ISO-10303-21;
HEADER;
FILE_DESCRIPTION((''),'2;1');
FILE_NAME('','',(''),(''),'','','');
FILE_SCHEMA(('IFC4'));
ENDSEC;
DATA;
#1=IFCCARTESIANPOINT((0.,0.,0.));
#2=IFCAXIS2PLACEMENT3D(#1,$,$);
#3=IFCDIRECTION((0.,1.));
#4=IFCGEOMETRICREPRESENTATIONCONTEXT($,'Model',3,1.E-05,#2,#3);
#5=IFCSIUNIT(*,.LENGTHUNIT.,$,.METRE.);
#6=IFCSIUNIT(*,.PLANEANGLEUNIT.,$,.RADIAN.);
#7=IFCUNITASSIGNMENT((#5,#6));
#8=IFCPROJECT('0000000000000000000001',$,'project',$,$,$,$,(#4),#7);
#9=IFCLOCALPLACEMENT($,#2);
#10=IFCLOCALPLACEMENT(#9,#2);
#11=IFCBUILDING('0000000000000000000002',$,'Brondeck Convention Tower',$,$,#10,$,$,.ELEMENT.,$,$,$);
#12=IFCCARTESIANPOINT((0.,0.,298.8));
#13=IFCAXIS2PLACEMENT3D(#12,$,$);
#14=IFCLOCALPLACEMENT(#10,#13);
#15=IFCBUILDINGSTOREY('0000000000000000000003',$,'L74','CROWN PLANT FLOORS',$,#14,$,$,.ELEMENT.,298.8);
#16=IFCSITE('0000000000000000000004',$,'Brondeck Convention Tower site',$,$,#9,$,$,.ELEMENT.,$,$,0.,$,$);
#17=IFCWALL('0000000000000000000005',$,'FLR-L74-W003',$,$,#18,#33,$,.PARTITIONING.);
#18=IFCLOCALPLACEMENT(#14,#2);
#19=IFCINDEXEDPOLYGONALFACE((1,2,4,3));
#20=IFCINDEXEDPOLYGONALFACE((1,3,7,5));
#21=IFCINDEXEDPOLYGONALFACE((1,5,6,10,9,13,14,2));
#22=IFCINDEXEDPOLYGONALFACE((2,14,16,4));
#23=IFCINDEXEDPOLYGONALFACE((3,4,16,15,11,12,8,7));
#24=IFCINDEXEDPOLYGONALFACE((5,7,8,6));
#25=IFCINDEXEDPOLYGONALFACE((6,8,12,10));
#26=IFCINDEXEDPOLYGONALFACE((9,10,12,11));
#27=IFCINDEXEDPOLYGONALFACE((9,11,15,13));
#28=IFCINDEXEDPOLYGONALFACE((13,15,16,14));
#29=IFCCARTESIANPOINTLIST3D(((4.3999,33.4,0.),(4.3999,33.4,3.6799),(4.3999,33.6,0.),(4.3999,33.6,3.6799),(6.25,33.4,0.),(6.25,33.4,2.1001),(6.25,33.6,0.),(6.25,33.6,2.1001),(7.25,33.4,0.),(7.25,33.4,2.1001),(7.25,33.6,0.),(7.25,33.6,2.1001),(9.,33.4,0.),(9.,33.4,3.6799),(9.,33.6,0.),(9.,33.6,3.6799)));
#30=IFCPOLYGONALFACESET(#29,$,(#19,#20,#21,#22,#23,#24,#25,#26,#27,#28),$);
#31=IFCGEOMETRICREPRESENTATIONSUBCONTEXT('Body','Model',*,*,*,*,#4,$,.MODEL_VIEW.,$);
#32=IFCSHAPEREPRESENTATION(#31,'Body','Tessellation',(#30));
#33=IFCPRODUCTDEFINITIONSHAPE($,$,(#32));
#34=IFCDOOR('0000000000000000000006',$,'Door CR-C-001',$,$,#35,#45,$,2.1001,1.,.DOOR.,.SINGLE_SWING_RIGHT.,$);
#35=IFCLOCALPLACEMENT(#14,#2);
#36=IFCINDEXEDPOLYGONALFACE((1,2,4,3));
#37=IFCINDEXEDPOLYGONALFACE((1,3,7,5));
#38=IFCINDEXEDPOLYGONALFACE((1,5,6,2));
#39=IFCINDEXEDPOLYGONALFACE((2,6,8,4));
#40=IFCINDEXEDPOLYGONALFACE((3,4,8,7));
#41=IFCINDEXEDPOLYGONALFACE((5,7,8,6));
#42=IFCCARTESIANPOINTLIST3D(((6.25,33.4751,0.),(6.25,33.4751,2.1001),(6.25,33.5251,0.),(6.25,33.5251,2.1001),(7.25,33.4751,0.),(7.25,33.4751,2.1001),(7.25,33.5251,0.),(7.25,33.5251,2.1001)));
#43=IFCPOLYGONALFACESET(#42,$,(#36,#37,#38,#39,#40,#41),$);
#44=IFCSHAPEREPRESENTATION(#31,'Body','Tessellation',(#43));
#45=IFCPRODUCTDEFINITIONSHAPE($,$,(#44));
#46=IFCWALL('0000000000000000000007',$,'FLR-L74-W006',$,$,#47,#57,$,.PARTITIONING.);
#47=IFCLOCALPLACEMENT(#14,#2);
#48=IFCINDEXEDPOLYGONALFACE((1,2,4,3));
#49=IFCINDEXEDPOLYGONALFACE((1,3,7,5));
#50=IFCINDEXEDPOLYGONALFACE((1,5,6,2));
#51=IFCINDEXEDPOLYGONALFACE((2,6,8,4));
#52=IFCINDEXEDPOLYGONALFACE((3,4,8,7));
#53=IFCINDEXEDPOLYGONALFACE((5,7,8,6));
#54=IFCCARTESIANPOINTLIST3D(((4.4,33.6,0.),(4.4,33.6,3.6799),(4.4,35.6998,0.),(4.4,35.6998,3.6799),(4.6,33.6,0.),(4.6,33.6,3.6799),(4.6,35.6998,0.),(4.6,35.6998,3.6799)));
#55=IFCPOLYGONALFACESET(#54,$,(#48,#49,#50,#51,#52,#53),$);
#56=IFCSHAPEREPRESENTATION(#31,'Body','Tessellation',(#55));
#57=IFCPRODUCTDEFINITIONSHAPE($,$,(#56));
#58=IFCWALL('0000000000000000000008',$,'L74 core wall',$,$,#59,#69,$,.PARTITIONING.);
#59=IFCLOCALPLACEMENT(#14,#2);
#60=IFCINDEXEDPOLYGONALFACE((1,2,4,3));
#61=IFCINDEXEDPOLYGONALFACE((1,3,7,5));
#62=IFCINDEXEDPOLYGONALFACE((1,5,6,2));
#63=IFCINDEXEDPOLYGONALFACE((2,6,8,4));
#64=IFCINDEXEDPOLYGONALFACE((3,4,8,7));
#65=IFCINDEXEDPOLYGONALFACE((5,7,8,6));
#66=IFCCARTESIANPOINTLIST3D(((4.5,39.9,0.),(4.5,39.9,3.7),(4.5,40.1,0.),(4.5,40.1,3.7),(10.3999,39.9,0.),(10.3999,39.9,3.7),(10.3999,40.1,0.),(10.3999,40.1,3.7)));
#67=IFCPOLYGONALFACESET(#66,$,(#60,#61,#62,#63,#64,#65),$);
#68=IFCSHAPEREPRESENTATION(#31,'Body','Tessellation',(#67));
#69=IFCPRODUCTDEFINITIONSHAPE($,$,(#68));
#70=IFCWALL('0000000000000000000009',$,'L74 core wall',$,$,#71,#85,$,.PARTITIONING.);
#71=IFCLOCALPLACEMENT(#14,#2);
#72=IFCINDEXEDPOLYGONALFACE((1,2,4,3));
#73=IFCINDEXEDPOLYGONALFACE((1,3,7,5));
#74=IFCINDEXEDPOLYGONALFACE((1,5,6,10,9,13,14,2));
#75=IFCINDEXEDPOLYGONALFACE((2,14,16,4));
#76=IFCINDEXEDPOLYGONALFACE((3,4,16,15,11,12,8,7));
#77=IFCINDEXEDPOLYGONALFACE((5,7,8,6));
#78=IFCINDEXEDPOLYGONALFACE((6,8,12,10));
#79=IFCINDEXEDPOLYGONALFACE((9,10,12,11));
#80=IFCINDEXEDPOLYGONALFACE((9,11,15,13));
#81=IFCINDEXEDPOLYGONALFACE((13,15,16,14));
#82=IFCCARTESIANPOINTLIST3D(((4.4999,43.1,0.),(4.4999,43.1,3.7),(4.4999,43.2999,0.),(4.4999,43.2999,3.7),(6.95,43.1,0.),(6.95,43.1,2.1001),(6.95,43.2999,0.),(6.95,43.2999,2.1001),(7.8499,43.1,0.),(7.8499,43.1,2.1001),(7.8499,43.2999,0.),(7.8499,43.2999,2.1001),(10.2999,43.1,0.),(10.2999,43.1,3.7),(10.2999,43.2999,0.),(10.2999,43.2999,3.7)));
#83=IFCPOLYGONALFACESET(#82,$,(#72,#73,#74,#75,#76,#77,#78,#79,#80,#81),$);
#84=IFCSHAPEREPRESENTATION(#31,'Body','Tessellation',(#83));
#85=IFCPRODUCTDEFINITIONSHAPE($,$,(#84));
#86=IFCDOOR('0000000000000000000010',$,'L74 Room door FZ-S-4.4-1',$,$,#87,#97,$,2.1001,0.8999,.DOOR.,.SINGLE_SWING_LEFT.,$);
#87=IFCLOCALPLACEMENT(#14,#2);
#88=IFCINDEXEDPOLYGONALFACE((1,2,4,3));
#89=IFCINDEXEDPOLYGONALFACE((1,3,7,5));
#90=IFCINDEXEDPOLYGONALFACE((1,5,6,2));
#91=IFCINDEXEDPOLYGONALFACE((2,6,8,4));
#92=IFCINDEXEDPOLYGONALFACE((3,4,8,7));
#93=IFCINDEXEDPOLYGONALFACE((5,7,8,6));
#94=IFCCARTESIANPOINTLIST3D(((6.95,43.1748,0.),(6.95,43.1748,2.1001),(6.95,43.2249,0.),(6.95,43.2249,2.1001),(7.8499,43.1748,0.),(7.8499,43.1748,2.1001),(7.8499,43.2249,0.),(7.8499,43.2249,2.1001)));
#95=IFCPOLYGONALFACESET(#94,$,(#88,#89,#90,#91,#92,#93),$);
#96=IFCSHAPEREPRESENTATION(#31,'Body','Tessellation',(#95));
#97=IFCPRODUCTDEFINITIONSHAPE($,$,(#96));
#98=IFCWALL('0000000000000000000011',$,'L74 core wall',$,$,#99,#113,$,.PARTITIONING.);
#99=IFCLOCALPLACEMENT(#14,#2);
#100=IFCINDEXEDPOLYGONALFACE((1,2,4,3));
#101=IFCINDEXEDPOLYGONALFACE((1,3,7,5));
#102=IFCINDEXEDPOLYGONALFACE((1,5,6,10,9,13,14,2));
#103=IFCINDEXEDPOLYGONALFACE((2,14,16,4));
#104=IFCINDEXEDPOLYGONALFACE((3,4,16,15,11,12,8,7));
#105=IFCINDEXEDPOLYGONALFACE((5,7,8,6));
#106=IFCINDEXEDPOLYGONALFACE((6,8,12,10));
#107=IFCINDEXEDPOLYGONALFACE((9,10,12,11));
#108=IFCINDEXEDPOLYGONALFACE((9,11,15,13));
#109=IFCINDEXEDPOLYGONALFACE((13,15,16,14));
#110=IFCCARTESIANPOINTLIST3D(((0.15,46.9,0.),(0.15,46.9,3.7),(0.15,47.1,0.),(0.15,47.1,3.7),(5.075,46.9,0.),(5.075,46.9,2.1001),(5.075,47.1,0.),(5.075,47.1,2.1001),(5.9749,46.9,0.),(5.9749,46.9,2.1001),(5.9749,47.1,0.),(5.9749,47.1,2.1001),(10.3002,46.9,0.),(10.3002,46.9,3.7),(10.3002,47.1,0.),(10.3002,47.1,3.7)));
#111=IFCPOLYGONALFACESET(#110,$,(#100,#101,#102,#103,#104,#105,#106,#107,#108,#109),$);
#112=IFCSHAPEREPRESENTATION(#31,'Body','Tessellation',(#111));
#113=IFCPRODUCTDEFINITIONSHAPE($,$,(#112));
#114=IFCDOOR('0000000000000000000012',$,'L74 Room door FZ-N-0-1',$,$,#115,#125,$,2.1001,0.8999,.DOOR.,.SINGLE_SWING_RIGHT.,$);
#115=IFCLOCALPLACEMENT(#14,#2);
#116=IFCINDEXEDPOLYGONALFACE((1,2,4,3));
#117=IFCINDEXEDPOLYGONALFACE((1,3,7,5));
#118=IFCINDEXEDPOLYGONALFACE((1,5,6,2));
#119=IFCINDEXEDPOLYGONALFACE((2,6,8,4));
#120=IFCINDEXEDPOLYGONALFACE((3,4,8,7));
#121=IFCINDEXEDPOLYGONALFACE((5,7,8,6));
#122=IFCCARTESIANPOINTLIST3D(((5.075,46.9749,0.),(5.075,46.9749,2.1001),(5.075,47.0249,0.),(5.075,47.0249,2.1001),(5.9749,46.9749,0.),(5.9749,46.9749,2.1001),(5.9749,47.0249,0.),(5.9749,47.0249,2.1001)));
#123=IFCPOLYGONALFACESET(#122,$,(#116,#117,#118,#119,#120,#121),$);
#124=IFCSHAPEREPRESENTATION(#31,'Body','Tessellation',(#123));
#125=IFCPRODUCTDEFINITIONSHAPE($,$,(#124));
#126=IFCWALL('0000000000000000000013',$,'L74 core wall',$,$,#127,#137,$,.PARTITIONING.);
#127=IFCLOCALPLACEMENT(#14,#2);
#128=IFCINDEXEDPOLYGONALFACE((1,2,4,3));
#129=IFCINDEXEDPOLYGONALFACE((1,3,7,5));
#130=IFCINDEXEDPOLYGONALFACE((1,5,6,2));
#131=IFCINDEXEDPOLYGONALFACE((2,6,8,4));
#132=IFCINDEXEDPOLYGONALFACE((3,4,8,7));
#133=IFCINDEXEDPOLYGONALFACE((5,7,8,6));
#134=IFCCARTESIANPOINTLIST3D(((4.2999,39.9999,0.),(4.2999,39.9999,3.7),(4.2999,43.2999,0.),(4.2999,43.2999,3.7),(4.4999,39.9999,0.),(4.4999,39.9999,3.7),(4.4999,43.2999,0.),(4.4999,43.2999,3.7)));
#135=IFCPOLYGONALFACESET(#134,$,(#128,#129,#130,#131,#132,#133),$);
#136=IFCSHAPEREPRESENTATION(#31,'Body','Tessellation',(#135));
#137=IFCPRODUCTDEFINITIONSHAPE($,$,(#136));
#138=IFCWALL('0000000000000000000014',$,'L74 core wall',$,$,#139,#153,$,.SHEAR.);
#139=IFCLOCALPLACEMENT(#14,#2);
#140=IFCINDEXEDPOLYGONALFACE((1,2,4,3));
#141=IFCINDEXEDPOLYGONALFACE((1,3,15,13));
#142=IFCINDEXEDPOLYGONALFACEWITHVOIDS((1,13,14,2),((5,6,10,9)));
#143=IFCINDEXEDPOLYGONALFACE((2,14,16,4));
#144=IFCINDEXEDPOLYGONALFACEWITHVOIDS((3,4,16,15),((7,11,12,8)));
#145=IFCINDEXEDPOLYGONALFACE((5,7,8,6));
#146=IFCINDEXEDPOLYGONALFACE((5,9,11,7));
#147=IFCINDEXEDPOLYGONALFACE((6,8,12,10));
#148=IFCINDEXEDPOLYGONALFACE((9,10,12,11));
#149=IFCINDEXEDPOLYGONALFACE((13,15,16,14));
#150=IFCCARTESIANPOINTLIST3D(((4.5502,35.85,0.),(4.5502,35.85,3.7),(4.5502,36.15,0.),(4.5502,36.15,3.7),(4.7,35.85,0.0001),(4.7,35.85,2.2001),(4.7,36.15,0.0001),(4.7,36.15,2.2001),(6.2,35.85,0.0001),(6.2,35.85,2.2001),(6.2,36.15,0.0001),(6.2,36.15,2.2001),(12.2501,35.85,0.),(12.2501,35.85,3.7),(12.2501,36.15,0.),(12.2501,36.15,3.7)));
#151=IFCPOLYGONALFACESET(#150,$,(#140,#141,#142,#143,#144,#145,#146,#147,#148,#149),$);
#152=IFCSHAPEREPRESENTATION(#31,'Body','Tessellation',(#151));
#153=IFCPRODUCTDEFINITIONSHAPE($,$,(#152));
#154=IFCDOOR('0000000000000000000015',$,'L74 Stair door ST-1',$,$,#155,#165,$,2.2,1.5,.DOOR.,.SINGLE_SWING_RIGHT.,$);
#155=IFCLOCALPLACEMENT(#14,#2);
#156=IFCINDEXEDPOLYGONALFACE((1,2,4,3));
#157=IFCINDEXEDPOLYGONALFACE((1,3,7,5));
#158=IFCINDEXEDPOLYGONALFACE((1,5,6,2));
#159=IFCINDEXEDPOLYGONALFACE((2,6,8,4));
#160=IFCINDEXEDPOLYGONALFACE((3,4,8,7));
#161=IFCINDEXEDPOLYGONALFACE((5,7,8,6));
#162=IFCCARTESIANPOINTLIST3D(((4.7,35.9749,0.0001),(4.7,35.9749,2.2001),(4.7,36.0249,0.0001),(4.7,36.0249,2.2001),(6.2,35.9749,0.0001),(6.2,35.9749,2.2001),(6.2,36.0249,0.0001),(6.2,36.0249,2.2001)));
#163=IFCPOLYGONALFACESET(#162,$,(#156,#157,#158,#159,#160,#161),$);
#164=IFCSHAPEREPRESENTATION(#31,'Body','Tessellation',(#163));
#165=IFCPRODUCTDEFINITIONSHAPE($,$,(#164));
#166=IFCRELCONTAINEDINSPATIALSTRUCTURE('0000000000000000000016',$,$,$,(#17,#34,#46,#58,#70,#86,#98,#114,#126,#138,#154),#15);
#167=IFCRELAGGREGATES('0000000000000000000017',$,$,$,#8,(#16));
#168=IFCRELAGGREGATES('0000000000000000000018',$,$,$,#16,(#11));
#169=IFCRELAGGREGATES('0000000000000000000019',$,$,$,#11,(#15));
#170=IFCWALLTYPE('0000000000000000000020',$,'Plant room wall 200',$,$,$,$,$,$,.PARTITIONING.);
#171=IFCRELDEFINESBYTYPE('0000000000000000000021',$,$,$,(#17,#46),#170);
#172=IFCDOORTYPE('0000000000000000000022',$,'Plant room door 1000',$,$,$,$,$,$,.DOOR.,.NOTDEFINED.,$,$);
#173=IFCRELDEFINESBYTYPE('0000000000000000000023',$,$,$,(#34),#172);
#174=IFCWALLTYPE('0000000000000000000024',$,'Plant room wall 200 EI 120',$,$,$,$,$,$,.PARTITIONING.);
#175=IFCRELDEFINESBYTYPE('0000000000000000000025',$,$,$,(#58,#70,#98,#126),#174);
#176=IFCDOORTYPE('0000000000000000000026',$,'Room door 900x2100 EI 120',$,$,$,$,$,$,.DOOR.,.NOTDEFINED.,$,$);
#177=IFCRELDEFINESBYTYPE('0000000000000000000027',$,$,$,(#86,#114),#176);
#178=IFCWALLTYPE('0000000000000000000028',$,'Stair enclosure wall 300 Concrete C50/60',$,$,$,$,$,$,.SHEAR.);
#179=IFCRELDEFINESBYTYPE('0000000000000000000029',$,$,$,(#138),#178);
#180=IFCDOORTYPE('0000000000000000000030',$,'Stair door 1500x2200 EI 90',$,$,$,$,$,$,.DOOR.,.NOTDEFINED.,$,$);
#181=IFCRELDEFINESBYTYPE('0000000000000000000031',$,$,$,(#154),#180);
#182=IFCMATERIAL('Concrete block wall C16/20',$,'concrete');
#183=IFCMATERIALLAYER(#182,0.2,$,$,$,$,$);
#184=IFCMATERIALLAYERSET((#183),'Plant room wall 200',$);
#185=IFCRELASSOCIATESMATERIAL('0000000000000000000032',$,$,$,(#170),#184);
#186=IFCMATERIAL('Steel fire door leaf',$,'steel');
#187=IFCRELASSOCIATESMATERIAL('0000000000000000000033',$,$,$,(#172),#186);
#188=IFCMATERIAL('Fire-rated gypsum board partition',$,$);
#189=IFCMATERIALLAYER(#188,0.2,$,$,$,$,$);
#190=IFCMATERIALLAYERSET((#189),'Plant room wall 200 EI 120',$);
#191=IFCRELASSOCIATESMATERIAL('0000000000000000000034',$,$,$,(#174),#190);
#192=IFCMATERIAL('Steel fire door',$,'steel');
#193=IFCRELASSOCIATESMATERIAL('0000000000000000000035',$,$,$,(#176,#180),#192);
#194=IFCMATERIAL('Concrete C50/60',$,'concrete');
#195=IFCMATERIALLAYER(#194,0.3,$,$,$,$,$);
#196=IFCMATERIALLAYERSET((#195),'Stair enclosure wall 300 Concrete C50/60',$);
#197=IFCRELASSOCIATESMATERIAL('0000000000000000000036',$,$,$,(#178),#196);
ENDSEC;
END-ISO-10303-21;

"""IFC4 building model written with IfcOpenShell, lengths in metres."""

from ifc_helpers import new_model, si_unit, direction, frame, frame_2d, origin, place, context, subcontext, project, spatial, rectangle, extrude, material, layer, layer_set, type_object, element, fill, save


model = new_model("IFC4")

# Units and contexts
model_context = context("Model", 3, precision=1e-05, world=origin(), true_north=direction((0.0, 1.0)))
body_context = subcontext(model_context, "Body", "Model", "MODEL_VIEW")
ifc_project = project(units=[si_unit("LENGTHUNIT", "METRE"), si_unit("PLANEANGLEUNIT", "RADIAN")], contexts=[model_context])

# Site, building, storey
site_placement = place(None, origin())
site = spatial("IfcSite", under=ifc_project, at=site_placement, Name="Brondeck Convention Tower site", CompositionType="ELEMENT", RefElevation=0.0)
building_placement = place(site_placement, origin())
building = spatial("IfcBuilding", under=site, at=building_placement, Name="Brondeck Convention Tower", CompositionType="ELEMENT")
storey_placement = place(building_placement, frame((0.0, 0.0, 298.8)))
storey = spatial("IfcBuildingStorey", under=building, at=storey_placement, Name="L74", Description="CROWN PLANT FLOORS", CompositionType="ELEMENT", Elevation=298.8)

# Shared definitions
ifc_material_1 = material(Name="Concrete C50/60", Category="concrete")

# Shared definitions
ifc_material_2 = material(Name="Fire-rated gypsum board partition")
ifc_material_3 = material(Name="Concrete block wall C16/20", Category="concrete")
ifc_layer_1 = layer(ifc_material_3, 0.2)
ifc_layer_set_1 = layer_set([ifc_layer_1], Name="Plant room wall 200")
wall_type_1 = type_object("IfcWallType", Name="Plant room wall 200", PredefinedType="PARTITIONING", material=ifc_layer_set_1)

# Wall, opening, door
wall_1_placement = place(storey_placement, frame((9.0, 33.5, 0.0), z_axis=(0.0, 0.0, 1.0), x_axis=(-1.0, 0.0, 0.0)))
wall_1 = element("IfcWall", 1, at=wall_1_placement, inside=storey, type_object=wall_type_1, Name="FLR-L74-W003", PredefinedType="PARTITIONING", context=body_context, shape_type="SweptSolid", body=[
    extrude(rectangle(XDim=4.6001, YDim=0.2, at=frame_2d((2.3, 0.0))), origin(), (0.0, 0.0, 1.0), 3.6799),
])
opening_1_placement = place(wall_1_placement, frame((1.75, 0.0, 0.0)))
opening_1 = element("IfcOpeningElement", 2, at=opening_1_placement, cuts=wall_1, PredefinedType="OPENING", context=body_context, shape_type="SweptSolid", body=[
    extrude(rectangle(XDim=1.0, YDim=2.1001, at=frame_2d((0.5, 1.05))), frame((0.0, 0.1099, 0.0), z_axis=(0.0, -1.0, 0.0), x_axis=(1.0, 0.0, 0.0)), (0.0, 0.0, 1.0), 0.22),
])
ifc_material_4 = material(Name="Steel fire door leaf", Category="steel")
door_type_1 = type_object("IfcDoorType", Name="Plant room door 1000", OperationType="NOTDEFINED", PredefinedType="DOOR", material=ifc_material_4)
door_1_placement = place(opening_1_placement, origin())
door_1 = element("IfcDoor", 3, at=door_1_placement, inside=storey, type_object=door_type_1, Name="Door CR-C-001", OperationType="SINGLE_SWING_RIGHT", OverallHeight=2.1001, OverallWidth=1.0, PredefinedType="DOOR", context=body_context, shape_type="SweptSolid", body=[
    extrude(rectangle(XDim=1.0, YDim=2.1001, at=frame_2d((0.5, 1.05))), frame((0.0, 0.0249, 0.0), z_axis=(0.0, -1.0, 0.0), x_axis=(1.0, 0.0, 0.0)), (0.0, 0.0, 1.0), 0.05),
])
fill(opening_1, door_1)

# Walls
wall_2_placement = place(storey_placement, frame((4.5, 33.6001, 0.0), z_axis=(0.0, 0.0, 1.0), x_axis=(0.0, 1.0, 0.0)))
element("IfcWall", 4, at=wall_2_placement, inside=storey, type_object=wall_type_1, Name="FLR-L74-W006", PredefinedType="PARTITIONING", context=body_context, shape_type="SweptSolid", body=[
    extrude(rectangle(XDim=2.0999, YDim=0.2, at=frame_2d((1.0498, 0.0))), origin(), (0.0, 0.0, 1.0), 3.6799),
])
ifc_layer_2 = layer(ifc_material_2, 0.2)
ifc_layer_set_2 = layer_set([ifc_layer_2], Name="Plant room wall 200 EI 120")
wall_type_2 = type_object("IfcWallType", Name="Plant room wall 200 EI 120", PredefinedType="PARTITIONING", material=ifc_layer_set_2)
wall_3_placement = place(storey_placement, frame((4.5, 40.0, 0.0), z_axis=(0.0, 0.0, 1.0), x_axis=(1.0, 0.0, 0.0)))
element("IfcWall", 5, at=wall_3_placement, inside=storey, type_object=wall_type_2, Name="L74 core wall", PredefinedType="PARTITIONING", context=body_context, shape_type="SweptSolid", body=[
    extrude(rectangle(XDim=5.8999, YDim=0.2, at=frame_2d((2.95, 0.0))), origin(), (0.0, 0.0, 1.0), 3.7),
])

# Walls, openings, doors
wall_4_placement = place(storey_placement, frame((4.5, 43.2, 0.0), z_axis=(0.0, 0.0, 1.0), x_axis=(1.0, 0.0, 0.0)))
wall_4 = element("IfcWall", 6, at=wall_4_placement, inside=storey, type_object=wall_type_2, Name="L74 core wall", PredefinedType="PARTITIONING", context=body_context, shape_type="SweptSolid", body=[
    extrude(rectangle(XDim=5.8, YDim=0.2, at=frame_2d((2.8999, 0.0))), origin(), (0.0, 0.0, 1.0), 3.7),
])
opening_2_placement = place(wall_4_placement, frame((2.45, 0.0, 0.0)))
opening_2 = element("IfcOpeningElement", 7, at=opening_2_placement, cuts=wall_4, PredefinedType="OPENING", context=body_context, shape_type="SweptSolid", body=[
    extrude(rectangle(XDim=0.8999, YDim=2.1001, at=frame_2d((0.45, 1.05))), frame((0.0, 0.1099, 0.0), z_axis=(0.0, -1.0, 0.0), x_axis=(1.0, 0.0, 0.0)), (0.0, 0.0, 1.0), 0.22),
])
ifc_material_5 = material(Name="Steel fire door", Category="steel")
door_type_2 = type_object("IfcDoorType", Name="Room door 900x2100 EI 120", OperationType="NOTDEFINED", PredefinedType="DOOR", material=ifc_material_5)
door_2_placement = place(opening_2_placement, origin())
door_2 = element("IfcDoor", 8, at=door_2_placement, inside=storey, type_object=door_type_2, Name="L74 Room door FZ-S-4.4-1", OperationType="SINGLE_SWING_LEFT", OverallHeight=2.1001, OverallWidth=0.8999, PredefinedType="DOOR", context=body_context, shape_type="SweptSolid", body=[
    extrude(rectangle(XDim=0.8999, YDim=2.1001, at=frame_2d((0.45, 1.05))), frame((0.0, 0.0249, 0.0), z_axis=(0.0, -1.0, 0.0), x_axis=(1.0, 0.0, 0.0)), (0.0, 0.0, 1.0), 0.05),
])
fill(opening_2, door_2)
wall_5_placement = place(storey_placement, frame((0.1499, 47.0, 0.0), z_axis=(0.0, 0.0, 1.0), x_axis=(1.0, 0.0, 0.0)))
wall_5 = element("IfcWall", 9, at=wall_5_placement, inside=storey, type_object=wall_type_2, Name="L74 core wall", PredefinedType="PARTITIONING", context=body_context, shape_type="SweptSolid", body=[
    extrude(rectangle(XDim=10.1501, YDim=0.2, at=frame_2d((5.0752, 0.0))), origin(), (0.0, 0.0, 1.0), 3.7),
])
opening_3_placement = place(wall_5_placement, frame((4.925, 0.0, 0.0)))
opening_3 = element("IfcOpeningElement", 10, at=opening_3_placement, cuts=wall_5, PredefinedType="OPENING", context=body_context, shape_type="SweptSolid", body=[
    extrude(rectangle(XDim=0.8999, YDim=2.1001, at=frame_2d((0.45, 1.05))), frame((0.0, 0.1099, 0.0), z_axis=(0.0, -1.0, 0.0), x_axis=(1.0, 0.0, 0.0)), (0.0, 0.0, 1.0), 0.22),
])
door_3_placement = place(opening_3_placement, origin())
door_3 = element("IfcDoor", 11, at=door_3_placement, inside=storey, type_object=door_type_2, Name="L74 Room door FZ-N-0-1", OperationType="SINGLE_SWING_RIGHT", OverallHeight=2.1001, OverallWidth=0.8999, PredefinedType="DOOR", context=body_context, shape_type="SweptSolid", body=[
    extrude(rectangle(XDim=0.8999, YDim=2.1001, at=frame_2d((0.45, 1.05))), frame((0.0, 0.0249, 0.0), z_axis=(0.0, -1.0, 0.0), x_axis=(1.0, 0.0, 0.0)), (0.0, 0.0, 1.0), 0.05),
])
fill(opening_3, door_3)

# Wall
wall_6_placement = place(storey_placement, frame((4.3999, 40.0, 0.0), z_axis=(0.0, 0.0, 1.0), x_axis=(0.0, 1.0, 0.0)))
element("IfcWall", 12, at=wall_6_placement, inside=storey, type_object=wall_type_2, Name="L74 core wall", PredefinedType="PARTITIONING", context=body_context, shape_type="SweptSolid", body=[
    extrude(rectangle(XDim=3.3, YDim=0.2, at=frame_2d((1.6499, 0.0))), origin(), (0.0, 0.0, 1.0), 3.7),
])

# Wall, opening, door
ifc_layer_3 = layer(ifc_material_1, 0.3)
ifc_layer_set_3 = layer_set([ifc_layer_3], Name="Stair enclosure wall 300 Concrete C50/60")
wall_type_3 = type_object("IfcWallType", Name="Stair enclosure wall 300 Concrete C50/60", PredefinedType="SHEAR", material=ifc_layer_set_3)
wall_7_placement = place(storey_placement, frame((4.55, 36.0, 0.0), z_axis=(0.0, 0.0, 1.0), x_axis=(1.0, 0.0, 0.0)))
wall_7 = element("IfcWall", 13, at=wall_7_placement, inside=storey, type_object=wall_type_3, Name="L74 core wall", PredefinedType="SHEAR", context=body_context, shape_type="SweptSolid", body=[
    extrude(rectangle(XDim=7.7, YDim=0.3, at=frame_2d((3.8501, 0.0))), origin(), (0.0, 0.0, 1.0), 3.7),
])
opening_4_placement = place(wall_7_placement, frame((0.1499, 0.0, 0.0)))
opening_4 = element("IfcOpeningElement", 14, at=opening_4_placement, cuts=wall_7, PredefinedType="OPENING", context=body_context, shape_type="SweptSolid", body=[
    extrude(rectangle(XDim=1.5, YDim=2.2, at=frame_2d((0.75, 1.1001))), frame((0.0, 0.1599, 0.0), z_axis=(0.0, -1.0, 0.0), x_axis=(1.0, 0.0, 0.0)), (0.0, 0.0, 1.0), 0.3201),
])
door_type_3 = type_object("IfcDoorType", Name="Stair door 1500x2200 EI 90", OperationType="NOTDEFINED", PredefinedType="DOOR", material=ifc_material_5)
door_4_placement = place(opening_4_placement, origin())
door_4 = element("IfcDoor", 15, at=door_4_placement, inside=storey, type_object=door_type_3, Name="L74 Stair door ST-1", OperationType="SINGLE_SWING_RIGHT", OverallHeight=2.2, OverallWidth=1.5, PredefinedType="DOOR", context=body_context, shape_type="SweptSolid", body=[
    extrude(rectangle(XDim=1.5, YDim=2.2, at=frame_2d((0.75, 1.1001))), frame((0.0, 0.0249, 0.0), z_axis=(0.0, -1.0, 0.0), x_axis=(1.0, 0.0, 0.0)), (0.0, 0.0, 1.0), 0.05),
])
fill(opening_4, door_4)

save(model, "model.ifc")
